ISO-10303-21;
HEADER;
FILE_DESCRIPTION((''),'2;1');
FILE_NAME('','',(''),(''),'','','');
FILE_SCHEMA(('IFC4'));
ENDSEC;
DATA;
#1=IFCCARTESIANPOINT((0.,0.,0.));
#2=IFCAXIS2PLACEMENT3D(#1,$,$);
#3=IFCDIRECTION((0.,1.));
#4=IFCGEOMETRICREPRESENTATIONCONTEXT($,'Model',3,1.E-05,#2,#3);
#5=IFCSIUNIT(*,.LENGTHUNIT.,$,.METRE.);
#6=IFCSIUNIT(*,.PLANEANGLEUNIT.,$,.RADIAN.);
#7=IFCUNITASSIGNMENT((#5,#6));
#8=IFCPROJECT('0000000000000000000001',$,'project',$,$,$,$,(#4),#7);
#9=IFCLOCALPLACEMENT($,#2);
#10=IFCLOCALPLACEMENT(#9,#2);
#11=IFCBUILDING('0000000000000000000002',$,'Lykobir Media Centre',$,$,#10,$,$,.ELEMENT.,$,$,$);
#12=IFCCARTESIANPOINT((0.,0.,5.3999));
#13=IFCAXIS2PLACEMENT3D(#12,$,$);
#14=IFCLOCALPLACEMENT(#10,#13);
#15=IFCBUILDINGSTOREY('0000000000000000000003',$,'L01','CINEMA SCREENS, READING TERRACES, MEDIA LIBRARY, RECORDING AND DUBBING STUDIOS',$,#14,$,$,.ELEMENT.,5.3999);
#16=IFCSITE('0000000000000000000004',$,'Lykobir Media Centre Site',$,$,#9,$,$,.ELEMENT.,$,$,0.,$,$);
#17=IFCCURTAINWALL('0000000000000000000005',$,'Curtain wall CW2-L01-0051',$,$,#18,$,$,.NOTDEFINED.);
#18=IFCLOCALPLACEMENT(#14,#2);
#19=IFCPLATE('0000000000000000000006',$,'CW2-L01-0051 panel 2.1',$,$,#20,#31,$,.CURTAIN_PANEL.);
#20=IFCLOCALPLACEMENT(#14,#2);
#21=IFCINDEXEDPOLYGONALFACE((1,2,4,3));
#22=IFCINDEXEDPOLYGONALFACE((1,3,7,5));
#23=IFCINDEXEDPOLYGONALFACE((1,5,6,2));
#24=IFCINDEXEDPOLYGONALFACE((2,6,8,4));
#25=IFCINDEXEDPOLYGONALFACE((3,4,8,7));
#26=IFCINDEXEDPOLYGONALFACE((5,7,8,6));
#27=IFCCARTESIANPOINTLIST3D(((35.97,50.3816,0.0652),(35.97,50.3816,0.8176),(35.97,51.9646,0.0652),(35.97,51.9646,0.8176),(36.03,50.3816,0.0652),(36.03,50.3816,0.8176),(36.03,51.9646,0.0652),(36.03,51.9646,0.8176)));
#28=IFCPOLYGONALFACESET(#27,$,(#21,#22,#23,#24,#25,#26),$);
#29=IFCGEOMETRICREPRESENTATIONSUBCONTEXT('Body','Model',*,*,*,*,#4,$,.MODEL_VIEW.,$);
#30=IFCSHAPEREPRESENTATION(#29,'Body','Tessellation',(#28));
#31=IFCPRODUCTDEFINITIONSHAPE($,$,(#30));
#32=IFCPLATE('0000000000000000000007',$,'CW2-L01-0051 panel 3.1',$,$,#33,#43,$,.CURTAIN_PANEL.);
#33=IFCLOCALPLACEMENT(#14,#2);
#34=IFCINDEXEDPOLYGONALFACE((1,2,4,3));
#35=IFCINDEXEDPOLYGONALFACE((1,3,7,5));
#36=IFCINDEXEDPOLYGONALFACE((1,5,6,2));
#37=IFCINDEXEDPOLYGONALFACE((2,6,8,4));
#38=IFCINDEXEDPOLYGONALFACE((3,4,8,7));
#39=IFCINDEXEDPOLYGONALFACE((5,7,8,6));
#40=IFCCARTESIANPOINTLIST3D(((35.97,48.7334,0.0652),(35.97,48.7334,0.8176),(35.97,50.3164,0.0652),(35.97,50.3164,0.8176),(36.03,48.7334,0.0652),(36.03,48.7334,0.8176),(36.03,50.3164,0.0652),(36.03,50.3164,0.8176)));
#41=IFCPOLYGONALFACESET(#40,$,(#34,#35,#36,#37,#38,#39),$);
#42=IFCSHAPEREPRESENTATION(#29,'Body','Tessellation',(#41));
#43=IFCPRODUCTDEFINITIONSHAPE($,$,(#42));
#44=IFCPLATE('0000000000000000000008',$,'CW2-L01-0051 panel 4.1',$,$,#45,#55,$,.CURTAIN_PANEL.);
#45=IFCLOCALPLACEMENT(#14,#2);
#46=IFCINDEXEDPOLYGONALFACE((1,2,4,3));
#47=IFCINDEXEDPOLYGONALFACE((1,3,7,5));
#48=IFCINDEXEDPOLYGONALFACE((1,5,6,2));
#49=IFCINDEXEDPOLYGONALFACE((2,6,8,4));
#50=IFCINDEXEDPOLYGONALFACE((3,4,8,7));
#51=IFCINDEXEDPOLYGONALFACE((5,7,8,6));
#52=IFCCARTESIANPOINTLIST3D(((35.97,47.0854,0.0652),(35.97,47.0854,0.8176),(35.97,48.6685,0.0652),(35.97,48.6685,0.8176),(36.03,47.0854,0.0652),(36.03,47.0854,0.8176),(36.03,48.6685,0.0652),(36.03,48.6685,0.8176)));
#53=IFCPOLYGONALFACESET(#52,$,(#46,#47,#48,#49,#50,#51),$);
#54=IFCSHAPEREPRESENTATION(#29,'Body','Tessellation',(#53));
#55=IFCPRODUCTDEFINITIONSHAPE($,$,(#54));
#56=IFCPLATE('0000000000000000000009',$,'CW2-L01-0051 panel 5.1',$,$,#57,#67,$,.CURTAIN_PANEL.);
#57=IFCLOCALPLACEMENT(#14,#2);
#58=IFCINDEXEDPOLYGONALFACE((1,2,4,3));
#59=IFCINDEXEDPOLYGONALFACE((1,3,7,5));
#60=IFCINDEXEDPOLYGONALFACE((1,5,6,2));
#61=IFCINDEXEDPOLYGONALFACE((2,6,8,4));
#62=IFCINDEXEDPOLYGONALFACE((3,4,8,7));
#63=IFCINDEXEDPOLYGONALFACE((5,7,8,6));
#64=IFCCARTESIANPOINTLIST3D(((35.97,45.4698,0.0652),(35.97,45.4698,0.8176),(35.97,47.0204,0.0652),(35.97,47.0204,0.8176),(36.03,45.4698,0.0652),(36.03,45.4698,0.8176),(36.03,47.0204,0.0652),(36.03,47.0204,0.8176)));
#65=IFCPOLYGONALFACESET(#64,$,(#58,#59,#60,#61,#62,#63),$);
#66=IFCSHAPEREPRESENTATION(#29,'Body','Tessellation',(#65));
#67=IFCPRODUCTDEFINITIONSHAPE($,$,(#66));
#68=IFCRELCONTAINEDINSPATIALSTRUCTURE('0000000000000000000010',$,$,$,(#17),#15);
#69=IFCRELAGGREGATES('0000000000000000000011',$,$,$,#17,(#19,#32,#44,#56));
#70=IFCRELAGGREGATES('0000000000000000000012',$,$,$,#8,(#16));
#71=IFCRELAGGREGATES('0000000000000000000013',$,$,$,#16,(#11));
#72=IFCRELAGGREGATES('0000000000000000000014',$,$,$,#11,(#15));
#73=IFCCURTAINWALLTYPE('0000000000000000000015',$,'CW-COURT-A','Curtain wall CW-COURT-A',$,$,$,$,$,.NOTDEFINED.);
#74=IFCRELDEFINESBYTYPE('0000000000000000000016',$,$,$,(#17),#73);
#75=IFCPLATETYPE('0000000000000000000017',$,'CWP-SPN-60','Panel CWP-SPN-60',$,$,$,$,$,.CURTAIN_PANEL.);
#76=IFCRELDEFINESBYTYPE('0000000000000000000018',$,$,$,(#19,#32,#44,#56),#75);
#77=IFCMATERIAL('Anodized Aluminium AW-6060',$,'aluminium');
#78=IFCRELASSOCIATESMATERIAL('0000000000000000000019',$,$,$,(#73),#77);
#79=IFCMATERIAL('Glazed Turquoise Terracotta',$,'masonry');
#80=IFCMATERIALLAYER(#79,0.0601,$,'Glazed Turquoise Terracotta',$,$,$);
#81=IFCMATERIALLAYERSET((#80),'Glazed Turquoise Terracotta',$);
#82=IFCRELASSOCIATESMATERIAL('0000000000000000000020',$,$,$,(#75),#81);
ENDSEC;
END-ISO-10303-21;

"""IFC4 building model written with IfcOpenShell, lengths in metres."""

from ifc_helpers import new_model, si_unit, direction, frame, origin, origin_2d, place, context, subcontext, project, spatial, rectangle, extrude, material, layer, layer_set, type_object, element, aggregate, save


model = new_model("IFC4")

# Units and contexts
model_context = context("Model", 3, precision=1e-05, world=origin(), true_north=direction((0.0, 1.0)))
body_context = subcontext(model_context, "Body", "Model", "MODEL_VIEW")
ifc_project = project(units=[si_unit("LENGTHUNIT", "METRE"), si_unit("PLANEANGLEUNIT", "RADIAN")], contexts=[model_context])

# Site, building, storey
site_placement = place(None, origin())
site = spatial("IfcSite", under=ifc_project, at=site_placement, Name="Lykobir Media Centre Site", CompositionType="ELEMENT", RefElevation=0.0)
building_placement = place(site_placement, origin())
building = spatial("IfcBuilding", under=site, at=building_placement, Name="Lykobir Media Centre", CompositionType="ELEMENT")
storey_placement = place(building_placement, frame((0.0, 0.0, 5.3999)))
storey = spatial("IfcBuildingStorey", under=building, at=storey_placement, Name="L01", Description="CINEMA SCREENS, READING TERRACES, MEDIA LIBRARY, RECORDING AND DUBBING STUDIOS", CompositionType="ELEMENT", Elevation=5.3999)

# Curtain wall
ifc_material_1 = material(Name="Anodized Aluminium AW-6060", Category="aluminium")
curtain_wall_type = type_object("IfcCurtainWallType", Name="CW-COURT-A", Description="Curtain wall CW-COURT-A", PredefinedType="NOTDEFINED", material=ifc_material_1)
curtain_wall_1_placement = place(storey_placement, origin())
curtain_wall_1 = element("IfcCurtainWall", 1, at=curtain_wall_1_placement, inside=storey, type_object=curtain_wall_type, Name="Curtain wall CW2-L01-0051", PredefinedType="NOTDEFINED")

# Plates
ifc_material_2 = material(Name="Glazed Turquoise Terracotta", Category="masonry")
ifc_layer_1 = layer(ifc_material_2, 0.0601, Name="Glazed Turquoise Terracotta")
ifc_layer_set_1 = layer_set([ifc_layer_1], Name="Glazed Turquoise Terracotta")
plate_type_1 = type_object("IfcPlateType", Name="CWP-SPN-60", Description="Panel CWP-SPN-60", PredefinedType="CURTAIN_PANEL", material=ifc_layer_set_1)
plate_1_placement = place(storey_placement, frame((36.0, 51.1731, 0.0652), z_axis=(0.0, 0.0, 1.0), x_axis=(0.0, -1.0, 0.0)))
plate_1 = element("IfcPlate", 2, at=plate_1_placement, type_object=plate_type_1, Name="CW2-L01-0051 panel 2.1", PredefinedType="CURTAIN_PANEL", context=body_context, shape_type="SweptSolid", body=[
    extrude(rectangle(XDim=1.583, YDim=0.0601, at=origin_2d()), origin(), (0.0, 0.0, 1.0), 0.7524),
])
plate_2_placement = place(storey_placement, frame((36.0, 49.5249, 0.0652), z_axis=(0.0, 0.0, 1.0), x_axis=(0.0, -1.0, 0.0)))
plate_2 = element("IfcPlate", 3, at=plate_2_placement, type_object=plate_type_1, Name="CW2-L01-0051 panel 3.1", PredefinedType="CURTAIN_PANEL", context=body_context, shape_type="SweptSolid", body=[
    extrude(rectangle(XDim=1.583, YDim=0.0601, at=origin_2d()), origin(), (0.0, 0.0, 1.0), 0.7524),
])
plate_3_placement = place(storey_placement, frame((36.0, 47.877, 0.0652), z_axis=(0.0, 0.0, 1.0), x_axis=(0.0, -1.0, 0.0)))
plate_3 = element("IfcPlate", 4, at=plate_3_placement, type_object=plate_type_1, Name="CW2-L01-0051 panel 4.1", PredefinedType="CURTAIN_PANEL", context=body_context, shape_type="SweptSolid", body=[
    extrude(rectangle(XDim=1.583, YDim=0.0601, at=origin_2d()), origin(), (0.0, 0.0, 1.0), 0.7524),
])
plate_4_placement = place(storey_placement, frame((36.0, 46.2451, 0.0652), z_axis=(0.0, 0.0, 1.0), x_axis=(0.0, -1.0, 0.0)))
plate_4 = element("IfcPlate", 5, at=plate_4_placement, type_object=plate_type_1, Name="CW2-L01-0051 panel 5.1", PredefinedType="CURTAIN_PANEL", context=body_context, shape_type="SweptSolid", body=[
    extrude(rectangle(XDim=1.5505, YDim=0.0601, at=origin_2d()), origin(), (0.0, 0.0, 1.0), 0.7524),
])
aggregate(curtain_wall_1, [plate_1, plate_2, plate_3, plate_4])

save(model, "model.ifc")
